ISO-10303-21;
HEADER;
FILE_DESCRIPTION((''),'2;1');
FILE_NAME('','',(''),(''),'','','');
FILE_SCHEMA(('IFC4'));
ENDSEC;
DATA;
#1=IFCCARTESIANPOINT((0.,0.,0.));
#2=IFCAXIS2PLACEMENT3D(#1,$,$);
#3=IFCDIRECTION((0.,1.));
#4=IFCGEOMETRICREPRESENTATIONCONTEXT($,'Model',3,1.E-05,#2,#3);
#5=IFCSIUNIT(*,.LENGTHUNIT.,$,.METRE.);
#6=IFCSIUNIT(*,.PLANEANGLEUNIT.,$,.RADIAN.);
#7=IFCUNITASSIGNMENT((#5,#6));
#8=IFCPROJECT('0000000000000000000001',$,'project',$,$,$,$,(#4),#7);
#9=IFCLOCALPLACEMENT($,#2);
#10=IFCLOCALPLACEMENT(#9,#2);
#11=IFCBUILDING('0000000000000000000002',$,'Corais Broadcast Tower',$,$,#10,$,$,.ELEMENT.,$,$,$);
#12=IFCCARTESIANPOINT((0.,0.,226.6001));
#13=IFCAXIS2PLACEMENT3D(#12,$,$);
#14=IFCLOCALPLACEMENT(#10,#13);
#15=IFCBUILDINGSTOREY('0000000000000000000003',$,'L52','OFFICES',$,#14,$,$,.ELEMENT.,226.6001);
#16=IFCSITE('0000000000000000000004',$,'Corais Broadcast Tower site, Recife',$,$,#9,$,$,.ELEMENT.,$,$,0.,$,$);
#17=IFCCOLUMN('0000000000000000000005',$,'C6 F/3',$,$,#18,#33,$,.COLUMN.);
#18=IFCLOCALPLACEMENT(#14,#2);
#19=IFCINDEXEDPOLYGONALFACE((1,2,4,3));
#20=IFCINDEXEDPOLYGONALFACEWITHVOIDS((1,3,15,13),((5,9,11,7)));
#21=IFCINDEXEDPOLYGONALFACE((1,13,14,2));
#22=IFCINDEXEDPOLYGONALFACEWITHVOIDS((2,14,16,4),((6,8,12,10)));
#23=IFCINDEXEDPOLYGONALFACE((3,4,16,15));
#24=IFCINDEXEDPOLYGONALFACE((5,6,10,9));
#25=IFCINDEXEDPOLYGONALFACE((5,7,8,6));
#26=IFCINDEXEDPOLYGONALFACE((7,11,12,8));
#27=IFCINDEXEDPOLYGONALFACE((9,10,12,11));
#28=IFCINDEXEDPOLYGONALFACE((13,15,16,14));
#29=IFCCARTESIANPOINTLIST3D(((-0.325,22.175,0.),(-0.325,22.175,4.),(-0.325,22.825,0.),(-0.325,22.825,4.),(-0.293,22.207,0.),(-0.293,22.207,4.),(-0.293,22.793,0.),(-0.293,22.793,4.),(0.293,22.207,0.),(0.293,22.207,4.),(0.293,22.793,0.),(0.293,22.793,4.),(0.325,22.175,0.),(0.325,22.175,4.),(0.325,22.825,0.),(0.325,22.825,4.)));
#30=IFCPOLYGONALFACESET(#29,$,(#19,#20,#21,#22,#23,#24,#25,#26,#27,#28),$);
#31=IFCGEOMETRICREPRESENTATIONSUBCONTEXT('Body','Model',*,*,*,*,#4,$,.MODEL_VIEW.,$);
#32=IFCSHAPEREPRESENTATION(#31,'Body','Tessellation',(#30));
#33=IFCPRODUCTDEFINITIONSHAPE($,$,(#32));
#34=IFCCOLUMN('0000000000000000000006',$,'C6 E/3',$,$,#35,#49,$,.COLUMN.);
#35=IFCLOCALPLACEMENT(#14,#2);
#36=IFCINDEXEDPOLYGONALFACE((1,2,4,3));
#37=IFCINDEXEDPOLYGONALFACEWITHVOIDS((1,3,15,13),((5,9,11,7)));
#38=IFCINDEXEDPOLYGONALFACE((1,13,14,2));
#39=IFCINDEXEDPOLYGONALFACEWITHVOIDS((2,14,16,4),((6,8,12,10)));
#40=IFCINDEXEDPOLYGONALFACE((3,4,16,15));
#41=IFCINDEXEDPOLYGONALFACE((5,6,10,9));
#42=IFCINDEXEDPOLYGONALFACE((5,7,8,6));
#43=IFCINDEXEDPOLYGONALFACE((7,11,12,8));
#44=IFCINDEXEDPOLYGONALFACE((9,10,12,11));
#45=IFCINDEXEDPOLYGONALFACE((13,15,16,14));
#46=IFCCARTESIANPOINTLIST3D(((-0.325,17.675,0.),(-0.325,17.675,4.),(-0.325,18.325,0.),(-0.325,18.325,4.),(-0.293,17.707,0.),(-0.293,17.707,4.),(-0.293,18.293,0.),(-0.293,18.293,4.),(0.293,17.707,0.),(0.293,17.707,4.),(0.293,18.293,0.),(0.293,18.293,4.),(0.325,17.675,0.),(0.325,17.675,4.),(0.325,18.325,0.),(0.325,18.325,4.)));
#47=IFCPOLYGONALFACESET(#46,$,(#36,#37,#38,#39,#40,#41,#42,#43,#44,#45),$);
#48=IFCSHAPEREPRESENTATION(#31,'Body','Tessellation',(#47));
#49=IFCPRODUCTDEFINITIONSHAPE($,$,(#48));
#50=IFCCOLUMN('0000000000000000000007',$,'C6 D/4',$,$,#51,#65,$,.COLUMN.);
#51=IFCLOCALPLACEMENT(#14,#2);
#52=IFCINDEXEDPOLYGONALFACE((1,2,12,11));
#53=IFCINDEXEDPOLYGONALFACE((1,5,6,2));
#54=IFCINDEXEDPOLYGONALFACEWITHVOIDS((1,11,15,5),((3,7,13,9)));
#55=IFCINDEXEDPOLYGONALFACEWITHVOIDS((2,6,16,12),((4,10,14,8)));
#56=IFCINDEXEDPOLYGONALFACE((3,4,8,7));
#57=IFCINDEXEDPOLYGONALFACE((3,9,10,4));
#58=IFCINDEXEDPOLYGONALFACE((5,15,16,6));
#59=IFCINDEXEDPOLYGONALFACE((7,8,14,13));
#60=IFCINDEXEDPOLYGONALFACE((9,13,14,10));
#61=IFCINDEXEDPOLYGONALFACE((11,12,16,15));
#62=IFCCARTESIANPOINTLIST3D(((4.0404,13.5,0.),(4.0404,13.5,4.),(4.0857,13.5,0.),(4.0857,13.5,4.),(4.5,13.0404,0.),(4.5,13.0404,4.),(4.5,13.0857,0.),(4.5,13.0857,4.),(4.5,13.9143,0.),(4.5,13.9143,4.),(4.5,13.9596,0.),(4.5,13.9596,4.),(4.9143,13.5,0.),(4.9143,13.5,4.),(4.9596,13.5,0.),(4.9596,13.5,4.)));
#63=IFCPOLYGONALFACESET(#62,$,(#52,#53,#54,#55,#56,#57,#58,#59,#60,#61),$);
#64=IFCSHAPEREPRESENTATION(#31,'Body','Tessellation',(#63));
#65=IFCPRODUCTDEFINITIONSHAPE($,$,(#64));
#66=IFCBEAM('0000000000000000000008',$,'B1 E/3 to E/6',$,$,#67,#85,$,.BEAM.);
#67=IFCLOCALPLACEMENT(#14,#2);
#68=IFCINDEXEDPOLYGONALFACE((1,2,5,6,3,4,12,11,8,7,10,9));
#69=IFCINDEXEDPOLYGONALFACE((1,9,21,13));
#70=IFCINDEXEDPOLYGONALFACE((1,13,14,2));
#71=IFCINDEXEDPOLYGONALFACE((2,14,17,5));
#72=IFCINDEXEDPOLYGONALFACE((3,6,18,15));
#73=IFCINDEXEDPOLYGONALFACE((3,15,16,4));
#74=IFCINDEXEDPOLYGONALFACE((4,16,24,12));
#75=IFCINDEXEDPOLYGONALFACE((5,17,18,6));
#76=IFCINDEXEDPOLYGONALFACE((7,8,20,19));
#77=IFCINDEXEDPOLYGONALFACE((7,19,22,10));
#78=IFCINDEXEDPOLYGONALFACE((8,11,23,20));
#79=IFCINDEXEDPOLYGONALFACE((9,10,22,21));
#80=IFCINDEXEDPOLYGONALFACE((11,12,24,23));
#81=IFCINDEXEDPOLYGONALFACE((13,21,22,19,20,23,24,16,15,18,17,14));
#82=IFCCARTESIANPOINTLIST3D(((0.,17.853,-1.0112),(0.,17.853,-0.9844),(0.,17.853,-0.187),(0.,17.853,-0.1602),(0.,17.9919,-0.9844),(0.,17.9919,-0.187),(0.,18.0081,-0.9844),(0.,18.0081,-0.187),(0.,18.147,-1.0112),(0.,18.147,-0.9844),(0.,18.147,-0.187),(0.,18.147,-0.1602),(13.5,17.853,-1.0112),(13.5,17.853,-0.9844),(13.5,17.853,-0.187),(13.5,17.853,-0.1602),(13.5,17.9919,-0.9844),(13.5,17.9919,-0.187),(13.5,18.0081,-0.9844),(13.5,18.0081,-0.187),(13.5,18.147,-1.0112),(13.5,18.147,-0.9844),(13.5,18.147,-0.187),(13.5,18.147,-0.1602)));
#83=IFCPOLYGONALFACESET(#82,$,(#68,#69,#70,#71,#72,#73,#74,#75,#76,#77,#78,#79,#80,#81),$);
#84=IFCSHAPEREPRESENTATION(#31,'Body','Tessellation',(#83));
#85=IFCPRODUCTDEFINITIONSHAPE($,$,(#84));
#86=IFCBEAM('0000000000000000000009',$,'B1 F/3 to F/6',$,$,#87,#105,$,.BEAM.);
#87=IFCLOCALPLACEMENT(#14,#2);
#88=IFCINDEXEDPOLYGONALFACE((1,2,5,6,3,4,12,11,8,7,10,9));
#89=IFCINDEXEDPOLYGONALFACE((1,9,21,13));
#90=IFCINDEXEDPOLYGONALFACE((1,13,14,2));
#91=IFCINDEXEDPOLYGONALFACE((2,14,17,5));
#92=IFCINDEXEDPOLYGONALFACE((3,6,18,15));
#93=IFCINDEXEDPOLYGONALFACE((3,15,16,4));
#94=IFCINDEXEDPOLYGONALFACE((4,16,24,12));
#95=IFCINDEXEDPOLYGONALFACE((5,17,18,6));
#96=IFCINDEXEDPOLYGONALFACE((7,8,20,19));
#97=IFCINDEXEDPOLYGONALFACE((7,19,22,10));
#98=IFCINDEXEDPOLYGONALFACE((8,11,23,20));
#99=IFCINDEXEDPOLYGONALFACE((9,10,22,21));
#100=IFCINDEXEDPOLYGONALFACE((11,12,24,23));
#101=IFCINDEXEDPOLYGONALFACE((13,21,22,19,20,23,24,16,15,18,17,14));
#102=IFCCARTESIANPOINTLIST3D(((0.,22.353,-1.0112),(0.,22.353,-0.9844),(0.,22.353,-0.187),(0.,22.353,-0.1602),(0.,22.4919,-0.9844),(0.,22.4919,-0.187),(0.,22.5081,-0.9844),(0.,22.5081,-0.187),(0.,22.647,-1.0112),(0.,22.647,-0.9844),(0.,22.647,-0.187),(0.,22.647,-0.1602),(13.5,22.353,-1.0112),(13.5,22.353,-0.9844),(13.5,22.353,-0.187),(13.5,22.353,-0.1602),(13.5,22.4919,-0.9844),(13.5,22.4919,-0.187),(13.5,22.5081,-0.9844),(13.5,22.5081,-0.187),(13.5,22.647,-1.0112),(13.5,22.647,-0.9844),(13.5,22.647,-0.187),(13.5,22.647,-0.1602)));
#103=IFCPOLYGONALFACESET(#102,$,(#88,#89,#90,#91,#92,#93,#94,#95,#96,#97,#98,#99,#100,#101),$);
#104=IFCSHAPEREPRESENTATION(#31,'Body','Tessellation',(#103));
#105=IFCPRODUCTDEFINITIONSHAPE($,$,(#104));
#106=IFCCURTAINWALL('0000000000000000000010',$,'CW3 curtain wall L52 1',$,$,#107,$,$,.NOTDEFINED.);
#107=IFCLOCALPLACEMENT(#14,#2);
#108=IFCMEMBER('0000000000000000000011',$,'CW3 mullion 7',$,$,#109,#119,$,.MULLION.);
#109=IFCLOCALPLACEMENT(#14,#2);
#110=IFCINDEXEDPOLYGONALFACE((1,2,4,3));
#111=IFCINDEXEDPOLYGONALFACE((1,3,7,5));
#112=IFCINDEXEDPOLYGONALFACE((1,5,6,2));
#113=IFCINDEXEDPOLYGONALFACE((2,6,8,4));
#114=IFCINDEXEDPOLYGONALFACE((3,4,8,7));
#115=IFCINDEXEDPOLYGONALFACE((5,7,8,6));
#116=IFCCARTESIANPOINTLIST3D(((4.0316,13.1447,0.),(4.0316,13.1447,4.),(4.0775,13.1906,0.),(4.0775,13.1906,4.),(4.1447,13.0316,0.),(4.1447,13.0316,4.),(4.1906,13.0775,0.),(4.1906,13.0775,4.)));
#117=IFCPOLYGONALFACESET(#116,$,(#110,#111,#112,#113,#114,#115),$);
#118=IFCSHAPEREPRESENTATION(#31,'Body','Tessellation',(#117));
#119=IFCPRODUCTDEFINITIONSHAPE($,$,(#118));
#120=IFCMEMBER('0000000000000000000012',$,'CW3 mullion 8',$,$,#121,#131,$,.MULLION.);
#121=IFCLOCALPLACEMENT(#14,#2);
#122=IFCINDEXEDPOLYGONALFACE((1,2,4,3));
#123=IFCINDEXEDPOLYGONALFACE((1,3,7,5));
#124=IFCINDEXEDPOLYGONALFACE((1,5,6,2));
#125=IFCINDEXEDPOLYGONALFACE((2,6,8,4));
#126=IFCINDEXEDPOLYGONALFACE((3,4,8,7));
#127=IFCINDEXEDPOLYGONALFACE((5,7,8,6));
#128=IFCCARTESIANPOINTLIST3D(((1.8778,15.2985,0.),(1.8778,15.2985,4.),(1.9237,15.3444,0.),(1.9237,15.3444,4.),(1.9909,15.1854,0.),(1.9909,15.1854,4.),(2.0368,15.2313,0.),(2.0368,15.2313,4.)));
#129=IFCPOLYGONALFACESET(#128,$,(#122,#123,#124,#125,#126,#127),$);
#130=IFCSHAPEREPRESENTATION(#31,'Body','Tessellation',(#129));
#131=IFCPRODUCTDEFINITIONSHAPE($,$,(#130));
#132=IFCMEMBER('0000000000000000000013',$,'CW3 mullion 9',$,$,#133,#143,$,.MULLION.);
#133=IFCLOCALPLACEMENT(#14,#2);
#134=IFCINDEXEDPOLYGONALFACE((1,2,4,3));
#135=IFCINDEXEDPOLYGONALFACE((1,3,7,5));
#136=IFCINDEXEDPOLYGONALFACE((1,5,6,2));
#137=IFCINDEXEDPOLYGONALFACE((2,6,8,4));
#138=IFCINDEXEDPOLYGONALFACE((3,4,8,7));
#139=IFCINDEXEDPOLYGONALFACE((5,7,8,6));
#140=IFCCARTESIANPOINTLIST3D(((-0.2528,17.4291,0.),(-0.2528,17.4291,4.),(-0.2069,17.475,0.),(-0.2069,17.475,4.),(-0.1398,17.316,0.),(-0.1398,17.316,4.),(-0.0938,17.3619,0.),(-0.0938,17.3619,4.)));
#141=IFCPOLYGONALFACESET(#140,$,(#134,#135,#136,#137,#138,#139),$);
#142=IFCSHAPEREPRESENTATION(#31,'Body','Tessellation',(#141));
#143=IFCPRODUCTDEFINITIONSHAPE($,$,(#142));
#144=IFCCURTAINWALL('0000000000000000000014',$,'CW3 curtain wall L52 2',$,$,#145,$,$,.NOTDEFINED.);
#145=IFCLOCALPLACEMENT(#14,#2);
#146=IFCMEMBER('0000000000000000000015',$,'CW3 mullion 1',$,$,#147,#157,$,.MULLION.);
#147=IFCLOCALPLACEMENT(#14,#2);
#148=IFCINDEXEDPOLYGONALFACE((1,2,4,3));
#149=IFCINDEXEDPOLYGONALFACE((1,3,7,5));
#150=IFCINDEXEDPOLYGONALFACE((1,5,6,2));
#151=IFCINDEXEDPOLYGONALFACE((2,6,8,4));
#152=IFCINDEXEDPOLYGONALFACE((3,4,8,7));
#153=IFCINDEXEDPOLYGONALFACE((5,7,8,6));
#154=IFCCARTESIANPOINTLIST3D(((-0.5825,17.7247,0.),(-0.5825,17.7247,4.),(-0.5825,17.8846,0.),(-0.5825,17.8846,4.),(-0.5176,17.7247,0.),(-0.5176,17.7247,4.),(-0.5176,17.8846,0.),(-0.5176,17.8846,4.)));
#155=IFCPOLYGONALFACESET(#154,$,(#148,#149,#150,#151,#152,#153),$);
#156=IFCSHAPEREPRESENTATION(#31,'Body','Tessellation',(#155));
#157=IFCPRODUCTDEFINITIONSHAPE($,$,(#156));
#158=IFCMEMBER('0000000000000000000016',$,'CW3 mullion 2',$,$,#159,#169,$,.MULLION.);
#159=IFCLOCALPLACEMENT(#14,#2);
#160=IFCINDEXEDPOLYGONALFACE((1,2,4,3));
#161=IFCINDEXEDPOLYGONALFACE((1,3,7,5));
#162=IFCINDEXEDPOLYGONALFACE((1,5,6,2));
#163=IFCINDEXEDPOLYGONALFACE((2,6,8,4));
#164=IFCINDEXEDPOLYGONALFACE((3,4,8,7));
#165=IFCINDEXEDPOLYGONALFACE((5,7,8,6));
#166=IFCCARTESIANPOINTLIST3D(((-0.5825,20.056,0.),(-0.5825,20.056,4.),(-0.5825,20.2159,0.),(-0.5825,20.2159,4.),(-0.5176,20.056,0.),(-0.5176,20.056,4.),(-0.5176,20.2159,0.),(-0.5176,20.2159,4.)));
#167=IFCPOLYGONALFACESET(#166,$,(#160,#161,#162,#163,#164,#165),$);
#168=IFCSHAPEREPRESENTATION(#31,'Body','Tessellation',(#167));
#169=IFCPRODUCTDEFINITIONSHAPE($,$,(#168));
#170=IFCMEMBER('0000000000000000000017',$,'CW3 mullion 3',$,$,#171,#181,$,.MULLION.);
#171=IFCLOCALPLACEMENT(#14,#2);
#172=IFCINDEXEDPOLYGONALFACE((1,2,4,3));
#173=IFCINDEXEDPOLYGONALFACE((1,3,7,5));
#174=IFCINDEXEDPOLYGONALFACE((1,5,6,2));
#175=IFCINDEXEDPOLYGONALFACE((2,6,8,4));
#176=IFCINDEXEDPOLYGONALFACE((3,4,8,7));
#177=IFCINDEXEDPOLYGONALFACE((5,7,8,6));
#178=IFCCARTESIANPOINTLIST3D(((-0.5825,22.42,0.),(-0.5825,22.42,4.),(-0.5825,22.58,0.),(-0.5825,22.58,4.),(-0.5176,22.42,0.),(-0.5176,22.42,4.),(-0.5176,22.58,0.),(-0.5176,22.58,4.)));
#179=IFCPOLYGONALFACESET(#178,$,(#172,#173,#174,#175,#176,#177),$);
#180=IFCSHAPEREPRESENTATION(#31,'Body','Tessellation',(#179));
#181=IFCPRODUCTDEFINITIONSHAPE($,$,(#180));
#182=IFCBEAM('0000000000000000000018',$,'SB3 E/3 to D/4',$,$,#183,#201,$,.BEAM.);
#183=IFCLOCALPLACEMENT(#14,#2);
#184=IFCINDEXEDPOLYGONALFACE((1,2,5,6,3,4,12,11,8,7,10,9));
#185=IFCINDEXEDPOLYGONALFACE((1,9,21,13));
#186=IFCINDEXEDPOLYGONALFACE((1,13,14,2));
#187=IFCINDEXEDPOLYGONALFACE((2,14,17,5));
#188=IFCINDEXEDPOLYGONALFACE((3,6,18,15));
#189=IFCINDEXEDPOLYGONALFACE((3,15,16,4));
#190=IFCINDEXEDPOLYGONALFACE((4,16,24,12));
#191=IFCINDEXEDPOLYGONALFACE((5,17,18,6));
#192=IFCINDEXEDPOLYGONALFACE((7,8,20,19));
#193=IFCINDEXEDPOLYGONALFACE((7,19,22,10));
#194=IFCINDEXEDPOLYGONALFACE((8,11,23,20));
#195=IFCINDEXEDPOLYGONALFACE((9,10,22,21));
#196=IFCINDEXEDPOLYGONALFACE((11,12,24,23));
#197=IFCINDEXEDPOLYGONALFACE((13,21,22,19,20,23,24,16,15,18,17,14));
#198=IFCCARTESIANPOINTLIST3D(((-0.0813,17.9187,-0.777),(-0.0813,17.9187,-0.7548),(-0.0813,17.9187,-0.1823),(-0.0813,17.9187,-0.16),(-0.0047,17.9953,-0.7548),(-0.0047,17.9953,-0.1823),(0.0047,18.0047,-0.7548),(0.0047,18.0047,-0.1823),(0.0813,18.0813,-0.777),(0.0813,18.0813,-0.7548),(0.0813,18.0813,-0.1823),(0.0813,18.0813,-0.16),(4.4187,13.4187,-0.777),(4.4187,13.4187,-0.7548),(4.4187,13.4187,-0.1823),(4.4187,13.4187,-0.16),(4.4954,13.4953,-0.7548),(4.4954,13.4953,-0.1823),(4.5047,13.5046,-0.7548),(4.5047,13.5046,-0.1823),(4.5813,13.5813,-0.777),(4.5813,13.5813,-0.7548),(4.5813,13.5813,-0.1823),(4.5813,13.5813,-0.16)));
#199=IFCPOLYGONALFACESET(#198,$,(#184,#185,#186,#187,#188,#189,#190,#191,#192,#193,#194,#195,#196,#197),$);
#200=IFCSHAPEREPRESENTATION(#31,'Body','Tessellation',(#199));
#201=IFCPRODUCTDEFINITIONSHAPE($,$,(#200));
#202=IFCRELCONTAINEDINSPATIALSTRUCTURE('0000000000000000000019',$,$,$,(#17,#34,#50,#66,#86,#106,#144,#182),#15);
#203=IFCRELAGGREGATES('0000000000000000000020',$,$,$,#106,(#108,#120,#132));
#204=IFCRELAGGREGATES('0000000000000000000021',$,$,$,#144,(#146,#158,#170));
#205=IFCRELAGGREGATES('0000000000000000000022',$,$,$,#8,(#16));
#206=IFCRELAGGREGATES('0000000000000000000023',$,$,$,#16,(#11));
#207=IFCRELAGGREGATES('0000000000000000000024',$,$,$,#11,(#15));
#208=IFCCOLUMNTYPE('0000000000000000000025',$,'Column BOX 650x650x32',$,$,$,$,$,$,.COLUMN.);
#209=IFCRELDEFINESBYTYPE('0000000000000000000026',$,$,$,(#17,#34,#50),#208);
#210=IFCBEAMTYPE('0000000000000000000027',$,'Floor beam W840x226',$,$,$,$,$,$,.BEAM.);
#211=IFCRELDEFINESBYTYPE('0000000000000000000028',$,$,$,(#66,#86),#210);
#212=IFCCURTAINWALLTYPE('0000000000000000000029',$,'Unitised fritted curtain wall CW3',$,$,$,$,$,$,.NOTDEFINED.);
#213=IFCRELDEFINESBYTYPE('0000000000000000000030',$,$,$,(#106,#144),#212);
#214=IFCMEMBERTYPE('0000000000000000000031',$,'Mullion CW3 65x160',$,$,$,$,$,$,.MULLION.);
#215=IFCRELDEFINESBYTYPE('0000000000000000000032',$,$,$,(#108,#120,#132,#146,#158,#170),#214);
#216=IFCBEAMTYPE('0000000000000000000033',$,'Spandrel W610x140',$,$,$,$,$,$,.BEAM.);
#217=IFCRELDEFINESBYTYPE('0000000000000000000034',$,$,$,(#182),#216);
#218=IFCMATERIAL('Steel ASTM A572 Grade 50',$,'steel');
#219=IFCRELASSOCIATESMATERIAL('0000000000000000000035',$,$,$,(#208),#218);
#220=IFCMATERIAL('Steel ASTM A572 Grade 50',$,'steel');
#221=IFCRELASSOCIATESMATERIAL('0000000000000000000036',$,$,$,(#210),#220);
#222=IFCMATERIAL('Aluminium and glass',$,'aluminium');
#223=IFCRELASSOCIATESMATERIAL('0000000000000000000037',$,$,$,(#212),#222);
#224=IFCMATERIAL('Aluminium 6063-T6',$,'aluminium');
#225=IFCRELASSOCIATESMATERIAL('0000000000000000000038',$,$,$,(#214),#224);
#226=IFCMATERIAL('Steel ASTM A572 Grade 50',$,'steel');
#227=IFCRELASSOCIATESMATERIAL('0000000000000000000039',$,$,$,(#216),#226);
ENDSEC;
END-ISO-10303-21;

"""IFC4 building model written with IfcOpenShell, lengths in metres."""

from ifc_helpers import new_model, si_unit, direction, frame, origin, origin_2d, place, context, subcontext, project, spatial, rectangle, hollow_rectangle, i_section, extrude, material, material_profile, profile_set, type_object, element, aggregate, save


model = new_model("IFC4")

# Units and contexts
model_context = context("Model", 3, precision=1e-05, world=origin(), true_north=direction((0.0, 1.0)))
body_context = subcontext(model_context, "Body", "Model", "MODEL_VIEW")
ifc_project = project(units=[si_unit("LENGTHUNIT", "METRE"), si_unit("PLANEANGLEUNIT", "RADIAN")], contexts=[model_context])

# Site, building, storey
site_placement = place(None, origin())
site = spatial("IfcSite", under=ifc_project, at=site_placement, Name="Corais Broadcast Tower site, Recife", CompositionType="ELEMENT", RefElevation=0.0)
building_placement = place(site_placement, origin())
building = spatial("IfcBuilding", under=site, at=building_placement, Name="Corais Broadcast Tower", CompositionType="ELEMENT")
storey_placement = place(building_placement, frame((0.0, 0.0, 226.6001)))
storey = spatial("IfcBuildingStorey", under=building, at=storey_placement, Name="L52", Description="OFFICES", CompositionType="ELEMENT", Elevation=226.6001)

# Columns
ifc_material_1 = material(Name="Steel ASTM A572 Grade 50", Category="steel")
ifc_material_profile_1 = material_profile(ifc_material_1, hollow_rectangle(XDim=0.6499, YDim=0.6499, WallThickness=0.032, at=origin_2d()), Name="BOX 650x650x32")
ifc_profile_set_1 = profile_set([ifc_material_profile_1], Name="Steel ASTM A572 Grade 50")
column_type = type_object("IfcColumnType", Name="Column BOX 650x650x32", PredefinedType="COLUMN", material=ifc_profile_set_1)
for number, where, z_axis, x_axis, name in (
    (1, (0.0, 22.5, 0.0), (0.0, 0.0, 1.0), (1.0, 0.0, 0.0), "C6 F/3"),
    (2, (0.0, 18.0, 0.0), (0.0, 0.0, 1.0), (1.0, 0.0, 0.0), "C6 E/3"),
    (3, (4.5, 13.5, 0.0), (0.0, 0.0, 1.0), (0.707107, 0.707107, 0.0), "C6 D/4"),
):
    element("IfcColumn", number, at=place(storey_placement, frame(where, z_axis=z_axis, x_axis=x_axis)), inside=storey, type_object=column_type, Name=name, PredefinedType="COLUMN", context=body_context, shape_type="SweptSolid", body=[
        extrude(hollow_rectangle(XDim=0.6499, YDim=0.6499, WallThickness=0.032, at=origin_2d()), origin(), (0.0, 0.0, 1.0), 4.0),
    ])

# Beams
ifc_material_2 = material(Name="Steel ASTM A572 Grade 50", Category="steel")
ifc_material_profile_2 = material_profile(ifc_material_2, i_section(OverallWidth=0.2939, OverallDepth=0.8511, WebThickness=0.0161, FlangeThickness=0.0269, at=origin_2d()), Name="W840x226")
ifc_profile_set_2 = profile_set([ifc_material_profile_2], Name="Steel ASTM A572 Grade 50")
beam_type_1 = type_object("IfcBeamType", Name="Floor beam W840x226", PredefinedType="BEAM", material=ifc_profile_set_2)
for number, where, z_axis, x_axis, name in (
    (4, (0.0, 18.0, -0.5857), (1.0, 0.0, 0.0), (0.0, 1.0, 0.0), "B1 E/3 to E/6"),
    (5, (0.0, 22.5, -0.5857), (1.0, 0.0, 0.0), (0.0, 1.0, 0.0), "B1 F/3 to F/6"),
):
    element("IfcBeam", number, at=place(storey_placement, frame(where, z_axis=z_axis, x_axis=x_axis)), inside=storey, type_object=beam_type_1, Name=name, PredefinedType="BEAM", context=body_context, shape_type="SweptSolid", body=[
        extrude(i_section(OverallWidth=0.2939, OverallDepth=0.8511, WebThickness=0.0161, FlangeThickness=0.0269, at=origin_2d()), origin(), (0.0, 0.0, 1.0), 13.5),
    ])

# Curtain walls, members
ifc_material_3 = material(Name="Aluminium and glass", Category="aluminium")
curtain_wall_type = type_object("IfcCurtainWallType", Name="Unitised fritted curtain wall CW3", PredefinedType="NOTDEFINED", material=ifc_material_3)
curtain_wall_1_placement = place(storey_placement, origin())
curtain_wall_1 = element("IfcCurtainWall", 6, at=curtain_wall_1_placement, inside=storey, type_object=curtain_wall_type, Name="CW3 curtain wall L52 1", PredefinedType="NOTDEFINED")
ifc_material_4 = material(Name="Aluminium 6063-T6", Category="aluminium")
ifc_material_profile_3 = material_profile(ifc_material_4, rectangle(XDim=0.0649, YDim=0.1599, at=origin_2d()), Name="Mullion CW3 65x160")
ifc_profile_set_3 = profile_set([ifc_material_profile_3], Name="Aluminium 6063-T6")
member_type_1 = type_object("IfcMemberType", Name="Mullion CW3 65x160", PredefinedType="MULLION", material=ifc_profile_set_3)
member_1_placement = place(storey_placement, frame((4.1111, 13.1111, 0.0), z_axis=(0.0, 0.0, 1.0), x_axis=(-0.707107, -0.707107, 0.0)))
member_1 = element("IfcMember", 7, at=member_1_placement, type_object=member_type_1, Name="CW3 mullion 7", PredefinedType="MULLION", context=body_context, shape_type="SweptSolid", body=[
    extrude(rectangle(XDim=0.0649, YDim=0.1599, at=origin_2d()), origin(), (0.0, 0.0, 1.0), 4.0),
])
member_2_placement = place(storey_placement, frame((1.9573, 15.2649, 0.0), z_axis=(0.0, 0.0, 1.0), x_axis=(-0.707107, -0.707107, 0.0)))
member_2 = element("IfcMember", 8, at=member_2_placement, type_object=member_type_1, Name="CW3 mullion 8", PredefinedType="MULLION", context=body_context, shape_type="SweptSolid", body=[
    extrude(rectangle(XDim=0.0649, YDim=0.1599, at=origin_2d()), origin(), (0.0, 0.0, 1.0), 4.0),
])
member_3_placement = place(storey_placement, frame((-0.1733, 17.3955, 0.0), z_axis=(0.0, 0.0, 1.0), x_axis=(-0.707107, -0.707107, 0.0)))
member_3 = element("IfcMember", 9, at=member_3_placement, type_object=member_type_1, Name="CW3 mullion 9", PredefinedType="MULLION", context=body_context, shape_type="SweptSolid", body=[
    extrude(rectangle(XDim=0.0649, YDim=0.1599, at=origin_2d()), origin(), (0.0, 0.0, 1.0), 4.0),
])
curtain_wall_2_placement = place(storey_placement, origin())
curtain_wall_2 = element("IfcCurtainWall", 10, at=curtain_wall_2_placement, inside=storey, type_object=curtain_wall_type, Name="CW3 curtain wall L52 2", PredefinedType="NOTDEFINED")
member_4_placement = place(storey_placement, frame((-0.55, 17.8047, 0.0), z_axis=(0.0, 0.0, 1.0), x_axis=(-1.0, 0.0, 0.0)))
member_4 = element("IfcMember", 11, at=member_4_placement, type_object=member_type_1, Name="CW3 mullion 1", PredefinedType="MULLION", context=body_context, shape_type="SweptSolid", body=[
    extrude(rectangle(XDim=0.0649, YDim=0.1599, at=origin_2d()), origin(), (0.0, 0.0, 1.0), 4.0),
])
member_5_placement = place(storey_placement, frame((-0.55, 20.136, 0.0), z_axis=(0.0, 0.0, 1.0), x_axis=(-1.0, 0.0, 0.0)))
member_5 = element("IfcMember", 12, at=member_5_placement, type_object=member_type_1, Name="CW3 mullion 2", PredefinedType="MULLION", context=body_context, shape_type="SweptSolid", body=[
    extrude(rectangle(XDim=0.0649, YDim=0.1599, at=origin_2d()), origin(), (0.0, 0.0, 1.0), 4.0),
])
member_6_placement = place(storey_placement, frame((-0.55, 22.5, 0.0), z_axis=(0.0, 0.0, 1.0), x_axis=(-1.0, 0.0, 0.0)))
member_6 = element("IfcMember", 13, at=member_6_placement, type_object=member_type_1, Name="CW3 mullion 3", PredefinedType="MULLION", context=body_context, shape_type="SweptSolid", body=[
    extrude(rectangle(XDim=0.0649, YDim=0.1599, at=origin_2d()), origin(), (0.0, 0.0, 1.0), 4.0),
])

# Beam
ifc_material_5 = material(Name="Steel ASTM A572 Grade 50", Category="steel")
ifc_material_profile_4 = material_profile(ifc_material_5, i_section(OverallWidth=0.23, OverallDepth=0.6169, WebThickness=0.0132, FlangeThickness=0.0222, at=origin_2d()), Name="W610x140")
ifc_profile_set_4 = profile_set([ifc_material_profile_4], Name="Steel ASTM A572 Grade 50")
beam_type_2 = type_object("IfcBeamType", Name="Spandrel W610x140", PredefinedType="BEAM", material=ifc_profile_set_4)
beam_1_placement = place(storey_placement, frame((0.0, 18.0, -0.4685), z_axis=(0.707107, -0.707107, 0.0), x_axis=(0.707107, 0.707107, 0.0)))
element("IfcBeam", 14, at=beam_1_placement, inside=storey, type_object=beam_type_2, Name="SB3 E/3 to D/4", PredefinedType="BEAM", context=body_context, shape_type="SweptSolid", body=[
    extrude(i_section(OverallWidth=0.23, OverallDepth=0.6169, WebThickness=0.0132, FlangeThickness=0.0222, at=origin_2d()), origin(), (0.0, 0.0, 1.0), 6.364),
])

aggregate(curtain_wall_1, [member_1, member_2, member_3])
aggregate(curtain_wall_2, [member_4, member_5, member_6])

save(model, "model.ifc")
